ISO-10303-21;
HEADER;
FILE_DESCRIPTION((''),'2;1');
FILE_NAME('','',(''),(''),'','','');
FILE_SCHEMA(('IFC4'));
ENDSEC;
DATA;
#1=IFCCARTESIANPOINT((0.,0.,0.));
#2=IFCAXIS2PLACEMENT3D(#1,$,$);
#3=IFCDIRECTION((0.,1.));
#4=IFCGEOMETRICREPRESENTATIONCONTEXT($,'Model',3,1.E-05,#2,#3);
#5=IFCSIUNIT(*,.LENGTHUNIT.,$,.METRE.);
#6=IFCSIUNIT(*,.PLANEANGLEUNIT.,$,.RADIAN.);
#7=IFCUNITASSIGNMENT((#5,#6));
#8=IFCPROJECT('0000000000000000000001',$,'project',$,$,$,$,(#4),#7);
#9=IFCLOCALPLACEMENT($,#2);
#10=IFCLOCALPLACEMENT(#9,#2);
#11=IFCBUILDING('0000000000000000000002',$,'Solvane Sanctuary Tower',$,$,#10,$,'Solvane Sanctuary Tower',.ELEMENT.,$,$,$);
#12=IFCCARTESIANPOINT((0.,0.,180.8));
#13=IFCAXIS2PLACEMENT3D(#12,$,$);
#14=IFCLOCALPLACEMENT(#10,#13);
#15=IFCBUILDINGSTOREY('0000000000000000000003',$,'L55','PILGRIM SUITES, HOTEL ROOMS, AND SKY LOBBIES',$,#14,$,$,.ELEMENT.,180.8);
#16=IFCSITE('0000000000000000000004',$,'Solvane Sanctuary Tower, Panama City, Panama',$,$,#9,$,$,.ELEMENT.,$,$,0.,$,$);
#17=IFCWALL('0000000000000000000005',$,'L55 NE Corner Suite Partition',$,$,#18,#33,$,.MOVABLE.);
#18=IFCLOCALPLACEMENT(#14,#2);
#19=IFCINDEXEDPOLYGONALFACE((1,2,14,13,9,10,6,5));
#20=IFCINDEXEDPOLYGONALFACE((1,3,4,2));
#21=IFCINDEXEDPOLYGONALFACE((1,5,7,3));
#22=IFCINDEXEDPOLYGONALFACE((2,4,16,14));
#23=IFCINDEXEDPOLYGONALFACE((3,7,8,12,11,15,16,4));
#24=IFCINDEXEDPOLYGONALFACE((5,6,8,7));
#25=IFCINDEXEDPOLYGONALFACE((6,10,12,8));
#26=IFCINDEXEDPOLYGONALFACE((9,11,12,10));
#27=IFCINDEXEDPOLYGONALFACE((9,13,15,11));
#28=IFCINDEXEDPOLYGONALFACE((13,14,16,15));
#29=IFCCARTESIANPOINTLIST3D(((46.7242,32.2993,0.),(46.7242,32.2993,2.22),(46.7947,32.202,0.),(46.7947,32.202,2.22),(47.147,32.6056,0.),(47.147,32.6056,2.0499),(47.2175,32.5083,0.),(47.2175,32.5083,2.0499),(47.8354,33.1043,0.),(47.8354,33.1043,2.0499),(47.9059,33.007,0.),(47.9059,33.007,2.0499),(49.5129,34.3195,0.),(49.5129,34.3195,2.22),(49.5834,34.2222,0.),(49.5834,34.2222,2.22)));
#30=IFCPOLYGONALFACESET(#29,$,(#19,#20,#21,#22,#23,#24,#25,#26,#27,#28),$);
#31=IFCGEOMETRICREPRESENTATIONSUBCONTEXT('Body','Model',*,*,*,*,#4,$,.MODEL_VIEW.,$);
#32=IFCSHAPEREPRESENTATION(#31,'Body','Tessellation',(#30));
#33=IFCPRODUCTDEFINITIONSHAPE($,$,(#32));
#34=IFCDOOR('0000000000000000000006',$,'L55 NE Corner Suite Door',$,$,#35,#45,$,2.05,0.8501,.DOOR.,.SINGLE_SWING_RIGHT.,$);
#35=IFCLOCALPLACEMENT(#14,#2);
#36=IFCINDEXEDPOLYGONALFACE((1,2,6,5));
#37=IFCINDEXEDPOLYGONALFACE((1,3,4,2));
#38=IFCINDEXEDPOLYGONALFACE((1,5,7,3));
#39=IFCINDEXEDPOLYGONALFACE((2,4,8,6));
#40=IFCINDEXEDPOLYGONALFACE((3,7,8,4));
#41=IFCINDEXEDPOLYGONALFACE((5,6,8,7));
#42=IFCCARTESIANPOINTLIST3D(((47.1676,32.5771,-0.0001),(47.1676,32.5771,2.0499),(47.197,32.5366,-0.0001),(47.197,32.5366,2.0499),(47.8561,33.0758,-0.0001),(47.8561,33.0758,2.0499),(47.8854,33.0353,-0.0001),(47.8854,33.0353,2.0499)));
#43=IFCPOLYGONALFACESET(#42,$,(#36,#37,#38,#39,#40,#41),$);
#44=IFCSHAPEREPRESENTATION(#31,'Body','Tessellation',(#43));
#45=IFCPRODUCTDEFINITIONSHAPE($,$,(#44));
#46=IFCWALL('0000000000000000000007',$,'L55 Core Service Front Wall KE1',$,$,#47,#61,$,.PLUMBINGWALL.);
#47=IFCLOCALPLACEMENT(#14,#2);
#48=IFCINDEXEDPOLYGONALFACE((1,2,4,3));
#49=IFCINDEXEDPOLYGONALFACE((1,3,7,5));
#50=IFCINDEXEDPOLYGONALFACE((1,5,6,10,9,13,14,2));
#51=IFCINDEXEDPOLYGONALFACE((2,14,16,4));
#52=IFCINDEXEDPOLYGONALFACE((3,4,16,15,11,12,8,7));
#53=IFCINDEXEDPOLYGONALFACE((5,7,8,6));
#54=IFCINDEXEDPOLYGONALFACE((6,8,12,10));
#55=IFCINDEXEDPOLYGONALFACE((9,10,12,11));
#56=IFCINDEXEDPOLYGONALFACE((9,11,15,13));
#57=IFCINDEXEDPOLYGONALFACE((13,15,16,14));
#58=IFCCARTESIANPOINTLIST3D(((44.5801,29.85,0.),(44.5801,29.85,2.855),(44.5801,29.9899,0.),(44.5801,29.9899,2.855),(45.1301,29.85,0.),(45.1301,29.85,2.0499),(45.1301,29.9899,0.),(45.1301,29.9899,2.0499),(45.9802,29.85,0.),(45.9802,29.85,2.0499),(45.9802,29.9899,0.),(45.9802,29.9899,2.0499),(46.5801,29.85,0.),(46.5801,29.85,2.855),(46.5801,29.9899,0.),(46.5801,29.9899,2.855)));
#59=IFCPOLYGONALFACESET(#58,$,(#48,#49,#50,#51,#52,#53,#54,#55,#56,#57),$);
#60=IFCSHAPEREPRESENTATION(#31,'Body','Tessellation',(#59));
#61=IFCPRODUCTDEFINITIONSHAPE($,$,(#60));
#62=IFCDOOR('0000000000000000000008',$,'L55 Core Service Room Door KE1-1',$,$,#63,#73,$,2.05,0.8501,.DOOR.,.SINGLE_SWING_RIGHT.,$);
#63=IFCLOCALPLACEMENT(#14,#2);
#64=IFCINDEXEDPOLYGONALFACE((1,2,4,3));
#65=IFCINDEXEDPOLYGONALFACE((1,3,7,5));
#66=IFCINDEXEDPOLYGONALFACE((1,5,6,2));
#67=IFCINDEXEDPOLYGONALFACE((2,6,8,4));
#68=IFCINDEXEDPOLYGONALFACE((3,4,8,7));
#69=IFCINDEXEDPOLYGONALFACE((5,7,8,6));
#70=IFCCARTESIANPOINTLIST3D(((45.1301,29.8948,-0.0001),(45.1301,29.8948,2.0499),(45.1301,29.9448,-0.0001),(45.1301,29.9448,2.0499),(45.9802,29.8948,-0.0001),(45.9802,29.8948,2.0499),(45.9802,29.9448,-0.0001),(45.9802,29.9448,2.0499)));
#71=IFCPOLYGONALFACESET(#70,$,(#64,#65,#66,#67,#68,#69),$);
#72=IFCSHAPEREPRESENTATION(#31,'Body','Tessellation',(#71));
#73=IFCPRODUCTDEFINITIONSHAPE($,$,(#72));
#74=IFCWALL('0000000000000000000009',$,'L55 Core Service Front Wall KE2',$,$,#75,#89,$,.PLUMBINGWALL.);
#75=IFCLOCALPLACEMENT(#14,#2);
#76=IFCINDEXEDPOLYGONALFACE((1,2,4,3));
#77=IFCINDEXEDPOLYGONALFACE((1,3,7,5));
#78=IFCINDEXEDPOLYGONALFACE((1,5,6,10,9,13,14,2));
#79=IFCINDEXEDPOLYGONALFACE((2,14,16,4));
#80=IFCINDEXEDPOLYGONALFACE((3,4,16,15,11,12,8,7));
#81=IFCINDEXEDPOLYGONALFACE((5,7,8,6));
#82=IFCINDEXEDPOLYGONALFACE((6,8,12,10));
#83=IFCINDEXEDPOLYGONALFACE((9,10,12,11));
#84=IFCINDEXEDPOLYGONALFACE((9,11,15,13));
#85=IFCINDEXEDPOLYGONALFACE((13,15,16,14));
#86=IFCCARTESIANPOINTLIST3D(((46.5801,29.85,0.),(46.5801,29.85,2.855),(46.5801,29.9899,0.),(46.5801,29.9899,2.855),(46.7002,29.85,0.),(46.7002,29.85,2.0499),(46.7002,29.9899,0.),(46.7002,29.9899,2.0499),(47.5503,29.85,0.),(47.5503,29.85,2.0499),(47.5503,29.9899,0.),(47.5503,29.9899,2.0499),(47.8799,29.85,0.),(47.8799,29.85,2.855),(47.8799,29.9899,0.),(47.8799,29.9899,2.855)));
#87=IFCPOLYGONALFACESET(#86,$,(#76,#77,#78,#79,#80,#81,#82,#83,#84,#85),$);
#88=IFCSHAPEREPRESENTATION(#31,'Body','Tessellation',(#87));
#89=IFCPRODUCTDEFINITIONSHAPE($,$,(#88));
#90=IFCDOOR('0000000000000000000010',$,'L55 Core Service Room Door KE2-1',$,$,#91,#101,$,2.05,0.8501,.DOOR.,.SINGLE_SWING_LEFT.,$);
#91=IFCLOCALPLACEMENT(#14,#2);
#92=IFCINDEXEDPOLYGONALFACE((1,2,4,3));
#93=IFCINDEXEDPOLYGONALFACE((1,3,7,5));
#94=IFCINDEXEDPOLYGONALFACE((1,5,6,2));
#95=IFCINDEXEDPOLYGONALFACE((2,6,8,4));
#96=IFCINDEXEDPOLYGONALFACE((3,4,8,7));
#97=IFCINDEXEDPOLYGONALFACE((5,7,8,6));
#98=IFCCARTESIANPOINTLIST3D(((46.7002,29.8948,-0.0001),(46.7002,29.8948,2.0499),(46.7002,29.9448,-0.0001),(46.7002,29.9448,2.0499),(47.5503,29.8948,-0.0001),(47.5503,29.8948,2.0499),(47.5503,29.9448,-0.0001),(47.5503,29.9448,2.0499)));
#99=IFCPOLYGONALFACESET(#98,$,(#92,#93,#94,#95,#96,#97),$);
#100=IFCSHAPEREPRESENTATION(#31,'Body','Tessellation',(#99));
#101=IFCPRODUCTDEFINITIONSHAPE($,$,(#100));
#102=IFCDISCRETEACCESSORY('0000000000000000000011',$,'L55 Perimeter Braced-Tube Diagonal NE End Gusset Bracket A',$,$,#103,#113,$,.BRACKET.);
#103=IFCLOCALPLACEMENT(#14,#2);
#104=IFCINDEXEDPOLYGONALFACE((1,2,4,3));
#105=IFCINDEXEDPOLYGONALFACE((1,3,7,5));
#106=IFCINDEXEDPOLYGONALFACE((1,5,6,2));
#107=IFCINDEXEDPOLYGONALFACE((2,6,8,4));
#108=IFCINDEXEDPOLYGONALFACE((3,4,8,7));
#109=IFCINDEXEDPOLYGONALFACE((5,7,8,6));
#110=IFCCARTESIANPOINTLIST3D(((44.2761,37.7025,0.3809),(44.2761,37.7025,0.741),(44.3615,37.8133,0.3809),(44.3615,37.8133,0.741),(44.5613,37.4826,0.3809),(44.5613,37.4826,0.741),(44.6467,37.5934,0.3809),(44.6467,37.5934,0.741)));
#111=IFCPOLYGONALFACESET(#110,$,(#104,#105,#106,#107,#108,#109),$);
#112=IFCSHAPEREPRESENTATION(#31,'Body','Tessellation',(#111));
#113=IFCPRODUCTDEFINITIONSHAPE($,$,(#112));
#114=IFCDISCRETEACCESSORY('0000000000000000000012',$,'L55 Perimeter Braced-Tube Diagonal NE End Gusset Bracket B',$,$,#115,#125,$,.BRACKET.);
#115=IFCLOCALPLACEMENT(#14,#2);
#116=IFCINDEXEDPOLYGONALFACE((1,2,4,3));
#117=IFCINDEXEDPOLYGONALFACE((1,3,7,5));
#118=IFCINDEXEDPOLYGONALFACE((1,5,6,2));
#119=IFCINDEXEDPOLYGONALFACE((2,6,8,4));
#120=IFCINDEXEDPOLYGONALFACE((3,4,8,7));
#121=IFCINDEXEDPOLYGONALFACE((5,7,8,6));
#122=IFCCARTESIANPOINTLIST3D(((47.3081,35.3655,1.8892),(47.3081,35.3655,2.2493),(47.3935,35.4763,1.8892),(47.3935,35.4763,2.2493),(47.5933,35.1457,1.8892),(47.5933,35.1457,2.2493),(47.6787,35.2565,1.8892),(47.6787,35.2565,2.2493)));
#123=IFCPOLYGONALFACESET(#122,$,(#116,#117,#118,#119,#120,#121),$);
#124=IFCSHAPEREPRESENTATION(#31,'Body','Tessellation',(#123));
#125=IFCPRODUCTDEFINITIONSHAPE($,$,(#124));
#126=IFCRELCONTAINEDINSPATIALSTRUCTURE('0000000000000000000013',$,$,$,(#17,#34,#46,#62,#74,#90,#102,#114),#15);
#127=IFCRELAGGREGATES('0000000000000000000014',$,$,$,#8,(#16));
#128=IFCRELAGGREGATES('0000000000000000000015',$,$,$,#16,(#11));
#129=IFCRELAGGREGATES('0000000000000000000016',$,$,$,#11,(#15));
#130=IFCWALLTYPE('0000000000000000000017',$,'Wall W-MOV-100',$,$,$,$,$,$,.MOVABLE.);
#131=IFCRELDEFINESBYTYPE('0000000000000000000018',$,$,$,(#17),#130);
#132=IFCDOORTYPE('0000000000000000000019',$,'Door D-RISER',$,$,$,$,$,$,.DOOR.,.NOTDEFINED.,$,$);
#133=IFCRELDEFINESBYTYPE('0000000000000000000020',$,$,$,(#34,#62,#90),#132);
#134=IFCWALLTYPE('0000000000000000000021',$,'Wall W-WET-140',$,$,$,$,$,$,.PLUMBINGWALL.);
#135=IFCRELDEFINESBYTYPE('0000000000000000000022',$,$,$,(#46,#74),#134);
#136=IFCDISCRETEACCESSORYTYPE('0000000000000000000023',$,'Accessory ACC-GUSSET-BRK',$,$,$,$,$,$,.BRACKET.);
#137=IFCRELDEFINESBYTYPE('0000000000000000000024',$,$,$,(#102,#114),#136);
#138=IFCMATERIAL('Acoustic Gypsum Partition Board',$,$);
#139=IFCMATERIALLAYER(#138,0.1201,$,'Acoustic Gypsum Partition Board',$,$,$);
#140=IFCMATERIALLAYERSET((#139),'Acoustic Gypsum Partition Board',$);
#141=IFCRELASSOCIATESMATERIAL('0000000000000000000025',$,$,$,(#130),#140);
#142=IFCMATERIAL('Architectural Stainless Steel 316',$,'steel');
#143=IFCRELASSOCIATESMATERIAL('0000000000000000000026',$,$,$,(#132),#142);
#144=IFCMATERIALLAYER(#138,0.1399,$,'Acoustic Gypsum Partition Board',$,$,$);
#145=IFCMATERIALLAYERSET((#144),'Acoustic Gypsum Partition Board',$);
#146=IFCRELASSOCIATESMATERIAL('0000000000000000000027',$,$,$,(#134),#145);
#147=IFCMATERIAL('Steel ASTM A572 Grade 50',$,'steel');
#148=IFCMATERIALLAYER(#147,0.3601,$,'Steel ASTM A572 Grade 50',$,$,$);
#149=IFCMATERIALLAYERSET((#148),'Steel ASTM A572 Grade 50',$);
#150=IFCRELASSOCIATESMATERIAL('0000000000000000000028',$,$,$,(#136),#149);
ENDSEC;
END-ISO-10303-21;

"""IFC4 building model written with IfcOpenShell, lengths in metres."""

from ifc_helpers import new_model, si_unit, direction, frame, frame_2d, origin, origin_2d, place, context, subcontext, project, spatial, rectangle, extrude, material, layer, layer_set, type_object, element, fill, save


model = new_model("IFC4")

# Units and contexts
model_context = context("Model", 3, precision=1e-05, world=origin(), true_north=direction((0.0, 1.0)))
body_context = subcontext(model_context, "Body", "Model", "MODEL_VIEW")
ifc_project = project(units=[si_unit("LENGTHUNIT", "METRE"), si_unit("PLANEANGLEUNIT", "RADIAN")], contexts=[model_context])

# Site, building, storey
site_placement = place(None, origin())
site = spatial("IfcSite", under=ifc_project, at=site_placement, Name="Solvane Sanctuary Tower, Panama City, Panama", CompositionType="ELEMENT", RefElevation=0.0)
building_placement = place(site_placement, origin())
building = spatial("IfcBuilding", under=site, at=building_placement, Name="Solvane Sanctuary Tower", LongName="Solvane Sanctuary Tower", CompositionType="ELEMENT")
storey_placement = place(building_placement, frame((0.0, 0.0, 180.8)))
storey = spatial("IfcBuildingStorey", under=building, at=storey_placement, Name="L55", Description="PILGRIM SUITES, HOTEL ROOMS, AND SKY LOBBIES", CompositionType="ELEMENT", Elevation=180.8)

# Shared definitions
ifc_material_1 = material(Name="Acoustic Gypsum Partition Board")

# Walls, openings, doors
ifc_layer_1 = layer(ifc_material_1, 0.1201, Name="Acoustic Gypsum Partition Board")
ifc_layer_set_1 = layer_set([ifc_layer_1], Name="Acoustic Gypsum Partition Board")
wall_type_1 = type_object("IfcWallType", Name="Wall W-MOV-100", PredefinedType="MOVABLE", material=ifc_layer_set_1)
wall_1_placement = place(storey_placement, frame((46.7595, 32.2507, 0.0), z_axis=(0.0, 0.0, 1.0), x_axis=(0.809835, 0.586657, 0.0)))
wall_1 = element("IfcWall", 1, at=wall_1_placement, inside=storey, type_object=wall_type_1, Name="L55 NE Corner Suite Partition", PredefinedType="MOVABLE", context=body_context, shape_type="SweptSolid", body=[
    extrude(rectangle(XDim=3.4436, YDim=0.1201, at=frame_2d((1.7217, 0.0))), origin(), (0.0, 0.0, 1.0), 2.22),
])
opening_1_placement = place(wall_1_placement, frame((0.522, 0.0, 0.0)))
opening_1 = element("IfcOpeningElement", 2, at=opening_1_placement, cuts=wall_1, PredefinedType="OPENING", context=body_context, shape_type="SweptSolid", body=[
    extrude(rectangle(XDim=0.8501, YDim=2.05, at=frame_2d((0.425, 1.0249))), frame((0.0, 0.0701, 0.0), z_axis=(0.0, -1.0, 0.0), x_axis=(1.0, 0.0, 0.0)), (0.0, 0.0, 1.0), 0.1401),
])
ifc_material_2 = material(Name="Architectural Stainless Steel 316", Category="steel")
door_type = type_object("IfcDoorType", Name="Door D-RISER", OperationType="NOTDEFINED", PredefinedType="DOOR", material=ifc_material_2)
door_1_placement = place(opening_1_placement, origin())
door_1 = element("IfcDoor", 3, at=door_1_placement, inside=storey, type_object=door_type, Name="L55 NE Corner Suite Door", OperationType="SINGLE_SWING_RIGHT", OverallHeight=2.05, OverallWidth=0.8501, PredefinedType="DOOR", context=body_context, shape_type="SweptSolid", body=[
    extrude(rectangle(XDim=0.8501, YDim=2.05, at=frame_2d((0.425, 1.0249))), frame((0.0, 0.0249, 0.0), z_axis=(0.0, -1.0, 0.0), x_axis=(1.0, 0.0, 0.0)), (0.0, 0.0, 1.0), 0.05),
])
fill(opening_1, door_1)
ifc_layer_2 = layer(ifc_material_1, 0.1399, Name="Acoustic Gypsum Partition Board")
ifc_layer_set_2 = layer_set([ifc_layer_2], Name="Acoustic Gypsum Partition Board")
wall_type_2 = type_object("IfcWallType", Name="Wall W-WET-140", PredefinedType="PLUMBINGWALL", material=ifc_layer_set_2)
wall_2_placement = place(storey_placement, frame((44.5801, 29.9199, 0.0), z_axis=(0.0, 0.0, 1.0), x_axis=(1.0, 0.0, 0.0)))
wall_2 = element("IfcWall", 4, at=wall_2_placement, inside=storey, type_object=wall_type_2, Name="L55 Core Service Front Wall KE1", PredefinedType="PLUMBINGWALL", context=body_context, shape_type="SweptSolid", body=[
    extrude(rectangle(XDim=2.0, YDim=0.1399, at=frame_2d((1.0, 0.0))), origin(), (0.0, 0.0, 1.0), 2.855),
])
opening_2_placement = place(wall_2_placement, frame((0.55, 0.0, 0.0)))
opening_2 = element("IfcOpeningElement", 5, at=opening_2_placement, cuts=wall_2, PredefinedType="OPENING", context=body_context, shape_type="SweptSolid", body=[
    extrude(rectangle(XDim=0.8501, YDim=2.05, at=frame_2d((0.425, 1.0249))), frame((0.0, 0.0798, 0.0), z_axis=(0.0, -1.0, 0.0), x_axis=(1.0, 0.0, 0.0)), (0.0, 0.0, 1.0), 0.1599),
])
door_2_placement = place(opening_2_placement, origin())
door_2 = element("IfcDoor", 6, at=door_2_placement, inside=storey, type_object=door_type, Name="L55 Core Service Room Door KE1-1", OperationType="SINGLE_SWING_RIGHT", OverallHeight=2.05, OverallWidth=0.8501, PredefinedType="DOOR", context=body_context, shape_type="SweptSolid", body=[
    extrude(rectangle(XDim=0.8501, YDim=2.05, at=frame_2d((0.425, 1.0249))), frame((0.0, 0.0249, 0.0), z_axis=(0.0, -1.0, 0.0), x_axis=(1.0, 0.0, 0.0)), (0.0, 0.0, 1.0), 0.05),
])
fill(opening_2, door_2)
wall_3_placement = place(storey_placement, frame((46.5801, 29.9199, 0.0), z_axis=(0.0, 0.0, 1.0), x_axis=(1.0, 0.0, 0.0)))
wall_3 = element("IfcWall", 7, at=wall_3_placement, inside=storey, type_object=wall_type_2, Name="L55 Core Service Front Wall KE2", PredefinedType="PLUMBINGWALL", context=body_context, shape_type="SweptSolid", body=[
    extrude(rectangle(XDim=1.2998, YDim=0.1399, at=frame_2d((0.6499, 0.0))), origin(), (0.0, 0.0, 1.0), 2.855),
])
opening_3_placement = place(wall_3_placement, frame((0.1201, 0.0, 0.0)))
opening_3 = element("IfcOpeningElement", 8, at=opening_3_placement, cuts=wall_3, PredefinedType="OPENING", context=body_context, shape_type="SweptSolid", body=[
    extrude(rectangle(XDim=0.8501, YDim=2.05, at=frame_2d((0.425, 1.0249))), frame((0.0, 0.0798, 0.0), z_axis=(0.0, -1.0, 0.0), x_axis=(1.0, 0.0, 0.0)), (0.0, 0.0, 1.0), 0.1599),
])
door_3_placement = place(opening_3_placement, origin())
door_3 = element("IfcDoor", 9, at=door_3_placement, inside=storey, type_object=door_type, Name="L55 Core Service Room Door KE2-1", OperationType="SINGLE_SWING_LEFT", OverallHeight=2.05, OverallWidth=0.8501, PredefinedType="DOOR", context=body_context, shape_type="SweptSolid", body=[
    extrude(rectangle(XDim=0.8501, YDim=2.05, at=frame_2d((0.425, 1.0249))), frame((0.0, 0.0249, 0.0), z_axis=(0.0, -1.0, 0.0), x_axis=(1.0, 0.0, 0.0)), (0.0, 0.0, 1.0), 0.05),
])
fill(opening_3, door_3)

# Discrete accessories
ifc_material_3 = material(Name="Steel ASTM A572 Grade 50", Category="steel")
ifc_layer_3 = layer(ifc_material_3, 0.3601, Name="Steel ASTM A572 Grade 50")
ifc_layer_set_3 = layer_set([ifc_layer_3], Name="Steel ASTM A572 Grade 50")
discrete_accessory_type = type_object("IfcDiscreteAccessoryType", Name="Accessory ACC-GUSSET-BRK", PredefinedType="BRACKET", material=ifc_layer_set_3)
for number, where, z_axis, x_axis, name in (
    (10, (44.4614, 37.6479, 0.3809), (0.0, 0.0, 1.0), (0.792077, -0.610422, 0.0), "L55 Perimeter Braced-Tube Diagonal NE End Gusset Bracket A"),
    (11, (47.4934, 35.311, 1.8892), (0.0, 0.0, 1.0), (0.792077, -0.610422, 0.0), "L55 Perimeter Braced-Tube Diagonal NE End Gusset Bracket B"),
):
    element("IfcDiscreteAccessory", number, at=place(storey_placement, frame(where, z_axis=z_axis, x_axis=x_axis)), inside=storey, type_object=discrete_accessory_type, Name=name, PredefinedType="BRACKET", context=body_context, shape_type="SweptSolid", body=[
        extrude(rectangle(XDim=0.3601, YDim=0.1399, at=origin_2d()), origin(), (0.0, 0.0, 1.0), 0.3601),
    ])

save(model, "model.ifc")
